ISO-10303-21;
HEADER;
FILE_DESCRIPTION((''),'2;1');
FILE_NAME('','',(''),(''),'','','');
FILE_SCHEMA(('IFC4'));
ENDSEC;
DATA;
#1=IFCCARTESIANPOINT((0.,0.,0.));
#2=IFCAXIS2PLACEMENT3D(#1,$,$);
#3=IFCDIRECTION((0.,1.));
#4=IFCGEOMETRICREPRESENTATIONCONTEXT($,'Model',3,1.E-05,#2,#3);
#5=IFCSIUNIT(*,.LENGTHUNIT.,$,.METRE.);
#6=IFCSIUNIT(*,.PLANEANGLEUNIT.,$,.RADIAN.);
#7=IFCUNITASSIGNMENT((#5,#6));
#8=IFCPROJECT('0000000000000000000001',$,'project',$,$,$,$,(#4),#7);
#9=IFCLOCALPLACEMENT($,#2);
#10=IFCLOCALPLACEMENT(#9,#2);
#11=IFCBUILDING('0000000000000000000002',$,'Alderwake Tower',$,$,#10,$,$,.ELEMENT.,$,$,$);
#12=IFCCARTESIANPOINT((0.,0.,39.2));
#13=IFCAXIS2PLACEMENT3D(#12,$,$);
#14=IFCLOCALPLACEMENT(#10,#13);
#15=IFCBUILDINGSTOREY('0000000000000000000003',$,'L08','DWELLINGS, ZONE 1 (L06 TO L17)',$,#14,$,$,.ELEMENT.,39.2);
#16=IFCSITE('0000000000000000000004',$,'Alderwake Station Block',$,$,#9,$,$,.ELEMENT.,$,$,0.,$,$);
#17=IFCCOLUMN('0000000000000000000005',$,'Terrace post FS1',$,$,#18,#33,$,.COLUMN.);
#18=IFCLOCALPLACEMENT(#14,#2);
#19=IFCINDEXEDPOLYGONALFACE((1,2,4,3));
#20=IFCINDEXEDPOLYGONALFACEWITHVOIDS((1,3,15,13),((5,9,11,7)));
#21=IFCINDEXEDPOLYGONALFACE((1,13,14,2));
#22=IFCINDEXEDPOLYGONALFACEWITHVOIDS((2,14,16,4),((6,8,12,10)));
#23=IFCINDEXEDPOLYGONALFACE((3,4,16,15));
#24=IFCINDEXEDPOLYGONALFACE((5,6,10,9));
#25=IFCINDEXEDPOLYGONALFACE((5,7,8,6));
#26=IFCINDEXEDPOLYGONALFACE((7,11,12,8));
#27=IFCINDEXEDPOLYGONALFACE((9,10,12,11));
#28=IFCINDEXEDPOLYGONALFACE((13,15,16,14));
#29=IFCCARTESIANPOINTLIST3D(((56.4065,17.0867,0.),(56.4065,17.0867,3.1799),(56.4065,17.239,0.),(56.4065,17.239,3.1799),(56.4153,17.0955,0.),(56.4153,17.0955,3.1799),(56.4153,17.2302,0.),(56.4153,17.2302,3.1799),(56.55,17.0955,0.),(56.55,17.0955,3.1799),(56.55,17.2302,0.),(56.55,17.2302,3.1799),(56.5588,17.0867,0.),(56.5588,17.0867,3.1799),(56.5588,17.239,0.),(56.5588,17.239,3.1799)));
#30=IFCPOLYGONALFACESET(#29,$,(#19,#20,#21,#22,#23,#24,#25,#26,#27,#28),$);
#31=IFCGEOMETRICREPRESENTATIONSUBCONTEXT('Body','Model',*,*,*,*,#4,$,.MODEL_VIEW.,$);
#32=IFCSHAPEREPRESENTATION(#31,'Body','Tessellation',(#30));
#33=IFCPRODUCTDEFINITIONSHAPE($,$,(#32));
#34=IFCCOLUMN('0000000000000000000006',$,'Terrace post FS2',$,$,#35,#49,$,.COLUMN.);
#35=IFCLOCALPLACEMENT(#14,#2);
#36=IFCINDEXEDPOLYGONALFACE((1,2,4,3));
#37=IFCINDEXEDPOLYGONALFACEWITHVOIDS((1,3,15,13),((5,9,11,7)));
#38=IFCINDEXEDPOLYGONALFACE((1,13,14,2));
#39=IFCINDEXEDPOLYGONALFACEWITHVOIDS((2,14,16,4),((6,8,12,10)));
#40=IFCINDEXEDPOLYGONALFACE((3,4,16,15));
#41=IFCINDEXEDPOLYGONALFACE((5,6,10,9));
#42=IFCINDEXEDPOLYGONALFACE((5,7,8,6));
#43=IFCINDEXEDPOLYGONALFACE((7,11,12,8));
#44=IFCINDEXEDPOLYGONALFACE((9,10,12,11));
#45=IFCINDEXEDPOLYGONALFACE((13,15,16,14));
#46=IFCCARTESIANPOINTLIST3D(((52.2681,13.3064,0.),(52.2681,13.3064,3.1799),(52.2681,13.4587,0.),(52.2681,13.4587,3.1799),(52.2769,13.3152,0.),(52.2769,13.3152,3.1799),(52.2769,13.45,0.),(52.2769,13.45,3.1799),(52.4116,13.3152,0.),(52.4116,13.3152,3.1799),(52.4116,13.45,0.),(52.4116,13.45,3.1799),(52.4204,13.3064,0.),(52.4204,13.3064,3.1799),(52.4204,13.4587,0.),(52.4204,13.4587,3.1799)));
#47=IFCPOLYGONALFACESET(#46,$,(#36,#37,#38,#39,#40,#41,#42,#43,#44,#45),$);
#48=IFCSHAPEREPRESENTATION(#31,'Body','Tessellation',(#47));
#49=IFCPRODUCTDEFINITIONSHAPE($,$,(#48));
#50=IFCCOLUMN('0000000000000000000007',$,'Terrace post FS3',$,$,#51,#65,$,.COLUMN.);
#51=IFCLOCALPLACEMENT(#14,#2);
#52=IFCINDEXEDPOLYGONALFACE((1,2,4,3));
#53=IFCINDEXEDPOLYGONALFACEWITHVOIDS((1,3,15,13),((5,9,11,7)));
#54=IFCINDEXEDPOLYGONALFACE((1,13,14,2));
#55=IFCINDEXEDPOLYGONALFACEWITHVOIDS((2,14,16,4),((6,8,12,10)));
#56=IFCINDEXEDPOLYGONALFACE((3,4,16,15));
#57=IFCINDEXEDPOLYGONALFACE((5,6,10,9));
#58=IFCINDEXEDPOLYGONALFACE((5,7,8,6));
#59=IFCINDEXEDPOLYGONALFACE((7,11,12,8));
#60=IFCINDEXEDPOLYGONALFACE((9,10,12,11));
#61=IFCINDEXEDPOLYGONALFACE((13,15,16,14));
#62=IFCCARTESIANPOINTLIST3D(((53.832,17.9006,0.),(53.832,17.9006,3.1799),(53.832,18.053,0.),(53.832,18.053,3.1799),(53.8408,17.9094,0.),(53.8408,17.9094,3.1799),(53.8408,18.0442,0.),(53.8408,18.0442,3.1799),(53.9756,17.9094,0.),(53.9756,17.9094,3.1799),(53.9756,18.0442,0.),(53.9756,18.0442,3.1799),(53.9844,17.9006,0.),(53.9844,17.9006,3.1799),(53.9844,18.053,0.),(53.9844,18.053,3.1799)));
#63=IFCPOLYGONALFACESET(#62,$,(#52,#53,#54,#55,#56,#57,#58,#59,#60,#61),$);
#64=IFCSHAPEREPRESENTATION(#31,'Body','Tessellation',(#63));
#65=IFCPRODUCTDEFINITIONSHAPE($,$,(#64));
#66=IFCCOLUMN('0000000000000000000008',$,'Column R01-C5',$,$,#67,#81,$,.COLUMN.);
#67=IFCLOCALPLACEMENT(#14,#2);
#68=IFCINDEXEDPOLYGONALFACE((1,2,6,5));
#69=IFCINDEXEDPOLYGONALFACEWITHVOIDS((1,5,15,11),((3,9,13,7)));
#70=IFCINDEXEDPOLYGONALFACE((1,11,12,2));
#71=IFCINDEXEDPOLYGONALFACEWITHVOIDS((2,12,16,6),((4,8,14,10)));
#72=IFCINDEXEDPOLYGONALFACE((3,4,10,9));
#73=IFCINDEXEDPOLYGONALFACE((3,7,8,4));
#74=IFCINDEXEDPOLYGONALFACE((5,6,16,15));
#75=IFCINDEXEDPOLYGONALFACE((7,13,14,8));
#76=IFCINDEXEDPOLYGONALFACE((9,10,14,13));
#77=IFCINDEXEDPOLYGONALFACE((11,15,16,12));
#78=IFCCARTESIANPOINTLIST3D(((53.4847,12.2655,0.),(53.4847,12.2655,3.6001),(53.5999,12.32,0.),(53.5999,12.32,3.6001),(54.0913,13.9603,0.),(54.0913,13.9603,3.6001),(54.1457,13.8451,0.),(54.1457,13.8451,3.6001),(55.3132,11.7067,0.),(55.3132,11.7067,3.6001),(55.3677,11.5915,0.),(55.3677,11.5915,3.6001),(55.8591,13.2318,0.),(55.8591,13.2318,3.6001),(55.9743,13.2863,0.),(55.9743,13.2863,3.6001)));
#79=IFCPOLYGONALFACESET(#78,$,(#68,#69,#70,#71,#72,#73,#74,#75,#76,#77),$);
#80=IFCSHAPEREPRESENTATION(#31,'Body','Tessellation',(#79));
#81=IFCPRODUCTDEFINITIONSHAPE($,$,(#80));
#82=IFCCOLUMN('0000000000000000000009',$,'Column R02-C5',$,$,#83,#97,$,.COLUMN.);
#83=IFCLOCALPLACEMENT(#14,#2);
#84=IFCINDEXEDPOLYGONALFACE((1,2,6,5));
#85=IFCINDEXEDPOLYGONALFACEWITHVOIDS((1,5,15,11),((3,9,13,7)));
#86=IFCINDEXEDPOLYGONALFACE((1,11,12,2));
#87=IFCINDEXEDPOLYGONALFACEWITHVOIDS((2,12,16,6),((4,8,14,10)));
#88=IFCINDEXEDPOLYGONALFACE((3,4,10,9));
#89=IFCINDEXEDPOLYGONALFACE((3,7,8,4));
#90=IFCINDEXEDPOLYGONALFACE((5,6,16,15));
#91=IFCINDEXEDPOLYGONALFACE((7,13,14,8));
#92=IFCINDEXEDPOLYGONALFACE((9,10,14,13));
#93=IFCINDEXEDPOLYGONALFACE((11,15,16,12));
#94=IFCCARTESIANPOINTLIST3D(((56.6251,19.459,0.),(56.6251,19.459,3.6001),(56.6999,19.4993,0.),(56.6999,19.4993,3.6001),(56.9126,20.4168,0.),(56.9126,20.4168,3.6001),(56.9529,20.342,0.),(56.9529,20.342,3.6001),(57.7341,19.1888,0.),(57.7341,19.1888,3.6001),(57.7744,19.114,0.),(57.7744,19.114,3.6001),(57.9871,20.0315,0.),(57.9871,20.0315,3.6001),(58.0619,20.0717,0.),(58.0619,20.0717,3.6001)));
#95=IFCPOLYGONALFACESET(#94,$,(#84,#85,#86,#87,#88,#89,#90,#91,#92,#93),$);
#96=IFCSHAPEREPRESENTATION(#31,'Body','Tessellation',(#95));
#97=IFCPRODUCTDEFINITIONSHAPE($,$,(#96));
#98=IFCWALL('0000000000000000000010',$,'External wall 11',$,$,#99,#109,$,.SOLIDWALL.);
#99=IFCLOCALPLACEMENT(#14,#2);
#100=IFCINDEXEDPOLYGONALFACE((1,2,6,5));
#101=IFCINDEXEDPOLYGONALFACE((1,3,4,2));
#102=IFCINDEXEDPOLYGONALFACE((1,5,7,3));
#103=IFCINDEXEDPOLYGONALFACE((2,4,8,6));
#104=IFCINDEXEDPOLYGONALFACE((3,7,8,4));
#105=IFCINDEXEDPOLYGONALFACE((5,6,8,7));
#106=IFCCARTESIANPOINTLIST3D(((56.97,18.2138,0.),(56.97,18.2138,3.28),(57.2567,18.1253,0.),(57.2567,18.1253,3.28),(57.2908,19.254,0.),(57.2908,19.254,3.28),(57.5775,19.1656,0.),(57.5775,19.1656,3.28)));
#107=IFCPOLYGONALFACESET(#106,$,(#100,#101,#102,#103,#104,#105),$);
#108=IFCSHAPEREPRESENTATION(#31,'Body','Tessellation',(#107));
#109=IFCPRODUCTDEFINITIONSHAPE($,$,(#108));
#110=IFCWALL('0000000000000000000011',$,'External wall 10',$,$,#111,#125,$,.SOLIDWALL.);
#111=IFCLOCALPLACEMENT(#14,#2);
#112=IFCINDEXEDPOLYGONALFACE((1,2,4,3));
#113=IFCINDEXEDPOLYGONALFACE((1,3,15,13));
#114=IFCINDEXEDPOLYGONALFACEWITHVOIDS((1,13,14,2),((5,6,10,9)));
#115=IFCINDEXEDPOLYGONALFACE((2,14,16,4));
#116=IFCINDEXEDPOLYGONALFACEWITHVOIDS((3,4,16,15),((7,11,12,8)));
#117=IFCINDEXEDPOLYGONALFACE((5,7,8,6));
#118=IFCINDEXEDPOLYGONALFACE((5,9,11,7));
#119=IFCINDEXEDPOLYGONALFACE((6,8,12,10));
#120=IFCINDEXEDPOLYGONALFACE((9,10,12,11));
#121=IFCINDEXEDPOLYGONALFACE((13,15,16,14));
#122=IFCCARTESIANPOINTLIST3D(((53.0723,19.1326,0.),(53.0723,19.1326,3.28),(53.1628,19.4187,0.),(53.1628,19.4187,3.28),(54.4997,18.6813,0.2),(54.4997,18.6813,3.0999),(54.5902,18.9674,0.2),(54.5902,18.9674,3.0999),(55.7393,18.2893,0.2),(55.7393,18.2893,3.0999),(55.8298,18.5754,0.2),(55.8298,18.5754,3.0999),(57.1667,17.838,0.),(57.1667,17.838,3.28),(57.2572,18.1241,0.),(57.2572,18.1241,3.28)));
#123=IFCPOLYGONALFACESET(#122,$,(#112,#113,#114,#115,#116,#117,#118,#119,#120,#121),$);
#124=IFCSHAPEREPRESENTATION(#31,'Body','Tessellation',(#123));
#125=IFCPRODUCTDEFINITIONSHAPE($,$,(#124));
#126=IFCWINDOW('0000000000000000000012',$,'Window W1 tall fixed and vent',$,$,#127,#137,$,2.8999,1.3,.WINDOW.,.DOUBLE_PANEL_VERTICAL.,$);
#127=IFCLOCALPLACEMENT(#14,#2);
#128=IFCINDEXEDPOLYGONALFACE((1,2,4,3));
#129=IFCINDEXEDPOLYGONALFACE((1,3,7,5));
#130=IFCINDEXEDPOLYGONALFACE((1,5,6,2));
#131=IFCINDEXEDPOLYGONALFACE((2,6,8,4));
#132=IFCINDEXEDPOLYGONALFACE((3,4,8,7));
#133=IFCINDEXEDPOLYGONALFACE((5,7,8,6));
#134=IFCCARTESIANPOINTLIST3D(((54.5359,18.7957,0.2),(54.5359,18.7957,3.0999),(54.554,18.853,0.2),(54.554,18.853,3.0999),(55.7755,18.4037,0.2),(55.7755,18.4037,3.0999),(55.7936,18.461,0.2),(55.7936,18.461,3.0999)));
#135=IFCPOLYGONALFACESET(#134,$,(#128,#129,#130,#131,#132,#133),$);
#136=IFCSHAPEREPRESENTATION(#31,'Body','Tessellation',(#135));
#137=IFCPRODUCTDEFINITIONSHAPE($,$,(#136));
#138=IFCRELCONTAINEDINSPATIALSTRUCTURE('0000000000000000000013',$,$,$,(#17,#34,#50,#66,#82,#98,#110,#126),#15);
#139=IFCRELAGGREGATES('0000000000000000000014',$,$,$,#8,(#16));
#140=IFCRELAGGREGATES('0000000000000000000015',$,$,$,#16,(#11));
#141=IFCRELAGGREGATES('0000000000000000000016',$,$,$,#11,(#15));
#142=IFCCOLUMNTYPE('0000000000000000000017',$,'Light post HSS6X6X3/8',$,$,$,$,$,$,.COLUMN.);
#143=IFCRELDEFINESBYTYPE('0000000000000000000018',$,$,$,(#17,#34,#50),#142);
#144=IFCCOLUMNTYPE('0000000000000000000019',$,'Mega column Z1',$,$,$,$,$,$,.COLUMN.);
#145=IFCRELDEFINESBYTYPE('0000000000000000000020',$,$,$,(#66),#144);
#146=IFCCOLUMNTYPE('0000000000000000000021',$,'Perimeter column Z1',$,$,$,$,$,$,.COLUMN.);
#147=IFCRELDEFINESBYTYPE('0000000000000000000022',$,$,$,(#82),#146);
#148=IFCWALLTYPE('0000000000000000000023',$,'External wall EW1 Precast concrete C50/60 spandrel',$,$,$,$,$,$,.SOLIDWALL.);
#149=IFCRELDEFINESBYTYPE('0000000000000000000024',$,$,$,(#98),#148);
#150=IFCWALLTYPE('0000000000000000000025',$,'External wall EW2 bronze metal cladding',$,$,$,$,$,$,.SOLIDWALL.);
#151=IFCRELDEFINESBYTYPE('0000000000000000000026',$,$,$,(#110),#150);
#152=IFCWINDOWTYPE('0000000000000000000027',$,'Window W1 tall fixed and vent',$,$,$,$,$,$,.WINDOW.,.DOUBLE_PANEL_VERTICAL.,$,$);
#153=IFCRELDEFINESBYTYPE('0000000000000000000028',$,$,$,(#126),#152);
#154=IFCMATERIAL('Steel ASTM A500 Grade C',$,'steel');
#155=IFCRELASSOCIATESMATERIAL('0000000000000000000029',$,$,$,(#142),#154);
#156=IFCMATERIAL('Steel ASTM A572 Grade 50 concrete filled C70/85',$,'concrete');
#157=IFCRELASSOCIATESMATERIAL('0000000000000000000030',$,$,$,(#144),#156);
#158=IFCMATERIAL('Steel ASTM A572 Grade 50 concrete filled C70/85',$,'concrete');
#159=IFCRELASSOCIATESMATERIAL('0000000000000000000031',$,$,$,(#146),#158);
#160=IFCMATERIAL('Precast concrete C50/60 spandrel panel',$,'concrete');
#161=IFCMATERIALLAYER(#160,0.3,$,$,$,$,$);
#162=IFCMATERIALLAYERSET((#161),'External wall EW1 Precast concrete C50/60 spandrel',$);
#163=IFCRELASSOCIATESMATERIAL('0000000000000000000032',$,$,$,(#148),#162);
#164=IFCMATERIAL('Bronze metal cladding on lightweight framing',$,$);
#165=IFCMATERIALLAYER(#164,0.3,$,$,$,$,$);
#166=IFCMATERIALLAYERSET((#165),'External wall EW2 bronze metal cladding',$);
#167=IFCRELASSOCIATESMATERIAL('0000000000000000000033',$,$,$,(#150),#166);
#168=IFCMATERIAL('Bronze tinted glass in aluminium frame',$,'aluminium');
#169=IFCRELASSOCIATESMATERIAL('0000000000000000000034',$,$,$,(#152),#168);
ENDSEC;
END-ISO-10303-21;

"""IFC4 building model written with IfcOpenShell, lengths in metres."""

from ifc_helpers import new_model, si_unit, direction, frame, frame_2d, origin, origin_2d, place, context, subcontext, project, spatial, rectangle, hollow_rectangle, extrude, material, layer, layer_set, material_profile, profile_set, type_object, element, fill, save


model = new_model("IFC4")

# Units and contexts
model_context = context("Model", 3, precision=1e-05, world=origin(), true_north=direction((0.0, 1.0)))
body_context = subcontext(model_context, "Body", "Model", "MODEL_VIEW")
ifc_project = project(units=[si_unit("LENGTHUNIT", "METRE"), si_unit("PLANEANGLEUNIT", "RADIAN")], contexts=[model_context])

# Site, building, storey
site_placement = place(None, origin())
site = spatial("IfcSite", under=ifc_project, at=site_placement, Name="Alderwake Station Block", CompositionType="ELEMENT", RefElevation=0.0)
building_placement = place(site_placement, origin())
building = spatial("IfcBuilding", under=site, at=building_placement, Name="Alderwake Tower", CompositionType="ELEMENT")
storey_placement = place(building_placement, frame((0.0, 0.0, 39.2)))
storey = spatial("IfcBuildingStorey", under=building, at=storey_placement, Name="L08", Description="DWELLINGS, ZONE 1 (L06 TO L17)", CompositionType="ELEMENT", Elevation=39.2)

# Columns
ifc_material_1 = material(Name="Steel ASTM A500 Grade C", Category="steel")
ifc_material_profile_1 = material_profile(ifc_material_1, hollow_rectangle(XDim=0.1523, YDim=0.1523, WallThickness=0.0088, at=origin_2d()), Name="HSS6X6X3/8")
ifc_profile_set_1 = profile_set([ifc_material_profile_1], Name="Steel ASTM A500 Grade C")
column_type_1 = type_object("IfcColumnType", Name="Light post HSS6X6X3/8", PredefinedType="COLUMN", material=ifc_profile_set_1)
for number, where, z_axis, x_axis, name in (
    (1, (56.4827, 17.1628, 0.0), (0.0, 0.0, 1.0), (1.0, 0.0, 0.0), "Terrace post FS1"),
    (2, (52.3442, 13.3826, 0.0), (0.0, 0.0, 1.0), (1.0, 0.0, 0.0), "Terrace post FS2"),
    (3, (53.9082, 17.9768, 0.0), (0.0, 0.0, 1.0), (1.0, 0.0, 0.0), "Terrace post FS3"),
):
    element("IfcColumn", number, at=place(storey_placement, frame(where, z_axis=z_axis, x_axis=x_axis)), inside=storey, type_object=column_type_1, Name=name, PredefinedType="COLUMN", context=body_context, shape_type="SweptSolid", body=[
        extrude(hollow_rectangle(XDim=0.1523, YDim=0.1523, WallThickness=0.0088, at=origin_2d()), origin(), (0.0, 0.0, 1.0), 3.1799),
    ])
ifc_material_2 = material(Name="Steel ASTM A572 Grade 50 concrete filled C70/85", Category="concrete")
ifc_material_profile_2 = material_profile(ifc_material_2, hollow_rectangle(XDim=1.8, YDim=2.0, WallThickness=0.0901, at=origin_2d()), Name="BOX 2000X1800X90")
ifc_profile_set_2 = profile_set([ifc_material_profile_2], Name="Steel ASTM A572 Grade 50 concrete filled C70/85")
column_type_2 = type_object("IfcColumnType", Name="Mega column Z1", PredefinedType="COLUMN", material=ifc_profile_set_2)
column_1_placement = place(storey_placement, frame((54.7295, 12.7759, 0.0), z_axis=(0.0, 0.0, 1.0), x_axis=(0.336995, 0.941506, 0.0)))
element("IfcColumn", 4, at=column_1_placement, inside=storey, type_object=column_type_2, Name="Column R01-C5", PredefinedType="COLUMN", context=body_context, shape_type="SweptSolid", body=[
    extrude(hollow_rectangle(XDim=1.8, YDim=2.0, WallThickness=0.0901, at=origin_2d()), origin(), (0.0, 0.0, 1.0), 3.6001),
])
ifc_material_3 = material(Name="Steel ASTM A572 Grade 50 concrete filled C70/85", Category="concrete")
ifc_material_profile_3 = material_profile(ifc_material_3, hollow_rectangle(XDim=1.0, YDim=1.2, WallThickness=0.0601, at=origin_2d()), Name="BOX 1200X1000X60")
ifc_profile_set_3 = profile_set([ifc_material_profile_3], Name="Steel ASTM A572 Grade 50 concrete filled C70/85")
column_type_3 = type_object("IfcColumnType", Name="Perimeter column Z1", PredefinedType="COLUMN", material=ifc_profile_set_3)
column_2_placement = place(storey_placement, frame((57.3435, 19.7654, 0.0), z_axis=(0.0, 0.0, 1.0), x_axis=(0.287549, 0.957766, 0.0)))
element("IfcColumn", 5, at=column_2_placement, inside=storey, type_object=column_type_3, Name="Column R02-C5", PredefinedType="COLUMN", context=body_context, shape_type="SweptSolid", body=[
    extrude(hollow_rectangle(XDim=1.0, YDim=1.2, WallThickness=0.0601, at=origin_2d()), origin(), (0.0, 0.0, 1.0), 3.6001),
])

# Wall
ifc_material_4 = material(Name="Precast concrete C50/60 spandrel panel", Category="concrete")
ifc_layer_1 = layer(ifc_material_4, 0.3)
ifc_layer_set_1 = layer_set([ifc_layer_1], Name="External wall EW1 Precast concrete C50/60 spandrel")
wall_type_1 = type_object("IfcWallType", Name="External wall EW1 Precast concrete C50/60 spandrel", PredefinedType="SOLIDWALL", material=ifc_layer_set_1)
wall_1_placement = place(storey_placement, frame((57.1133, 18.1694, 0.0), z_axis=(0.0, 0.0, 1.0), x_axis=(0.294685, 0.955595, 0.0)))
element("IfcWall", 6, at=wall_1_placement, inside=storey, type_object=wall_type_1, Name="External wall 11", PredefinedType="SOLIDWALL", context=body_context, shape_type="SweptSolid", body=[
    extrude(rectangle(XDim=1.0886, YDim=0.3, at=frame_2d((0.5444, 0.0))), origin(), (0.0, 0.0, 1.0), 3.28),
])

# Shared definitions
ifc_material_5 = material(Name="Bronze metal cladding on lightweight framing")
ifc_layer_2 = layer(ifc_material_5, 0.3)
ifc_layer_set_2 = layer_set([ifc_layer_2], Name="External wall EW2 bronze metal cladding")
wall_type_2 = type_object("IfcWallType", Name="External wall EW2 bronze metal cladding", PredefinedType="SOLIDWALL", material=ifc_layer_set_2)
ifc_material_6 = material(Name="Bronze tinted glass in aluminium frame", Category="aluminium")
window_type = type_object("IfcWindowType", Name="Window W1 tall fixed and vent", PartitioningType="DOUBLE_PANEL_VERTICAL", PredefinedType="WINDOW", material=ifc_material_6)

# Wall, opening, window
wall_2_placement = place(storey_placement, frame((53.1177, 19.2756, 0.0), z_axis=(0.0, 0.0, 1.0), x_axis=(0.95347, -0.301488, 0.0)))
wall_2 = element("IfcWall", 7, at=wall_2_placement, inside=storey, type_object=wall_type_2, Name="External wall 10", PredefinedType="SOLIDWALL", context=body_context, shape_type="SweptSolid", body=[
    extrude(rectangle(XDim=4.2942, YDim=0.3, at=frame_2d((2.147, 0.0))), origin(), (0.0, 0.0, 1.0), 3.28),
])
opening_1_placement = place(wall_2_placement, frame((1.4971, 0.0, 0.2)))
opening_1 = element("IfcOpeningElement", 8, at=opening_1_placement, cuts=wall_2, PredefinedType="OPENING", context=body_context, shape_type="SweptSolid", body=[
    extrude(rectangle(XDim=1.3, YDim=2.8999, at=frame_2d((0.6499, 1.45))), frame((0.0, 0.1599, 0.0), z_axis=(0.0, -1.0, 0.0), x_axis=(1.0, 0.0, 0.0)), (0.0, 0.0, 1.0), 0.3201),
])
window_1_placement = place(opening_1_placement, origin())
window_1 = element("IfcWindow", 9, at=window_1_placement, inside=storey, type_object=window_type, Name="Window W1 tall fixed and vent", OverallHeight=2.8999, OverallWidth=1.3, PartitioningType="DOUBLE_PANEL_VERTICAL", PredefinedType="WINDOW", context=body_context, shape_type="SweptSolid", body=[
    extrude(rectangle(XDim=1.3, YDim=2.8999, at=frame_2d((0.6499, 1.45))), frame((0.0, 0.03, 0.0), z_axis=(0.0, -1.0, 0.0), x_axis=(1.0, 0.0, 0.0)), (0.0, 0.0, 1.0), 0.0601),
])
fill(opening_1, window_1)

save(model, "model.ifc")
